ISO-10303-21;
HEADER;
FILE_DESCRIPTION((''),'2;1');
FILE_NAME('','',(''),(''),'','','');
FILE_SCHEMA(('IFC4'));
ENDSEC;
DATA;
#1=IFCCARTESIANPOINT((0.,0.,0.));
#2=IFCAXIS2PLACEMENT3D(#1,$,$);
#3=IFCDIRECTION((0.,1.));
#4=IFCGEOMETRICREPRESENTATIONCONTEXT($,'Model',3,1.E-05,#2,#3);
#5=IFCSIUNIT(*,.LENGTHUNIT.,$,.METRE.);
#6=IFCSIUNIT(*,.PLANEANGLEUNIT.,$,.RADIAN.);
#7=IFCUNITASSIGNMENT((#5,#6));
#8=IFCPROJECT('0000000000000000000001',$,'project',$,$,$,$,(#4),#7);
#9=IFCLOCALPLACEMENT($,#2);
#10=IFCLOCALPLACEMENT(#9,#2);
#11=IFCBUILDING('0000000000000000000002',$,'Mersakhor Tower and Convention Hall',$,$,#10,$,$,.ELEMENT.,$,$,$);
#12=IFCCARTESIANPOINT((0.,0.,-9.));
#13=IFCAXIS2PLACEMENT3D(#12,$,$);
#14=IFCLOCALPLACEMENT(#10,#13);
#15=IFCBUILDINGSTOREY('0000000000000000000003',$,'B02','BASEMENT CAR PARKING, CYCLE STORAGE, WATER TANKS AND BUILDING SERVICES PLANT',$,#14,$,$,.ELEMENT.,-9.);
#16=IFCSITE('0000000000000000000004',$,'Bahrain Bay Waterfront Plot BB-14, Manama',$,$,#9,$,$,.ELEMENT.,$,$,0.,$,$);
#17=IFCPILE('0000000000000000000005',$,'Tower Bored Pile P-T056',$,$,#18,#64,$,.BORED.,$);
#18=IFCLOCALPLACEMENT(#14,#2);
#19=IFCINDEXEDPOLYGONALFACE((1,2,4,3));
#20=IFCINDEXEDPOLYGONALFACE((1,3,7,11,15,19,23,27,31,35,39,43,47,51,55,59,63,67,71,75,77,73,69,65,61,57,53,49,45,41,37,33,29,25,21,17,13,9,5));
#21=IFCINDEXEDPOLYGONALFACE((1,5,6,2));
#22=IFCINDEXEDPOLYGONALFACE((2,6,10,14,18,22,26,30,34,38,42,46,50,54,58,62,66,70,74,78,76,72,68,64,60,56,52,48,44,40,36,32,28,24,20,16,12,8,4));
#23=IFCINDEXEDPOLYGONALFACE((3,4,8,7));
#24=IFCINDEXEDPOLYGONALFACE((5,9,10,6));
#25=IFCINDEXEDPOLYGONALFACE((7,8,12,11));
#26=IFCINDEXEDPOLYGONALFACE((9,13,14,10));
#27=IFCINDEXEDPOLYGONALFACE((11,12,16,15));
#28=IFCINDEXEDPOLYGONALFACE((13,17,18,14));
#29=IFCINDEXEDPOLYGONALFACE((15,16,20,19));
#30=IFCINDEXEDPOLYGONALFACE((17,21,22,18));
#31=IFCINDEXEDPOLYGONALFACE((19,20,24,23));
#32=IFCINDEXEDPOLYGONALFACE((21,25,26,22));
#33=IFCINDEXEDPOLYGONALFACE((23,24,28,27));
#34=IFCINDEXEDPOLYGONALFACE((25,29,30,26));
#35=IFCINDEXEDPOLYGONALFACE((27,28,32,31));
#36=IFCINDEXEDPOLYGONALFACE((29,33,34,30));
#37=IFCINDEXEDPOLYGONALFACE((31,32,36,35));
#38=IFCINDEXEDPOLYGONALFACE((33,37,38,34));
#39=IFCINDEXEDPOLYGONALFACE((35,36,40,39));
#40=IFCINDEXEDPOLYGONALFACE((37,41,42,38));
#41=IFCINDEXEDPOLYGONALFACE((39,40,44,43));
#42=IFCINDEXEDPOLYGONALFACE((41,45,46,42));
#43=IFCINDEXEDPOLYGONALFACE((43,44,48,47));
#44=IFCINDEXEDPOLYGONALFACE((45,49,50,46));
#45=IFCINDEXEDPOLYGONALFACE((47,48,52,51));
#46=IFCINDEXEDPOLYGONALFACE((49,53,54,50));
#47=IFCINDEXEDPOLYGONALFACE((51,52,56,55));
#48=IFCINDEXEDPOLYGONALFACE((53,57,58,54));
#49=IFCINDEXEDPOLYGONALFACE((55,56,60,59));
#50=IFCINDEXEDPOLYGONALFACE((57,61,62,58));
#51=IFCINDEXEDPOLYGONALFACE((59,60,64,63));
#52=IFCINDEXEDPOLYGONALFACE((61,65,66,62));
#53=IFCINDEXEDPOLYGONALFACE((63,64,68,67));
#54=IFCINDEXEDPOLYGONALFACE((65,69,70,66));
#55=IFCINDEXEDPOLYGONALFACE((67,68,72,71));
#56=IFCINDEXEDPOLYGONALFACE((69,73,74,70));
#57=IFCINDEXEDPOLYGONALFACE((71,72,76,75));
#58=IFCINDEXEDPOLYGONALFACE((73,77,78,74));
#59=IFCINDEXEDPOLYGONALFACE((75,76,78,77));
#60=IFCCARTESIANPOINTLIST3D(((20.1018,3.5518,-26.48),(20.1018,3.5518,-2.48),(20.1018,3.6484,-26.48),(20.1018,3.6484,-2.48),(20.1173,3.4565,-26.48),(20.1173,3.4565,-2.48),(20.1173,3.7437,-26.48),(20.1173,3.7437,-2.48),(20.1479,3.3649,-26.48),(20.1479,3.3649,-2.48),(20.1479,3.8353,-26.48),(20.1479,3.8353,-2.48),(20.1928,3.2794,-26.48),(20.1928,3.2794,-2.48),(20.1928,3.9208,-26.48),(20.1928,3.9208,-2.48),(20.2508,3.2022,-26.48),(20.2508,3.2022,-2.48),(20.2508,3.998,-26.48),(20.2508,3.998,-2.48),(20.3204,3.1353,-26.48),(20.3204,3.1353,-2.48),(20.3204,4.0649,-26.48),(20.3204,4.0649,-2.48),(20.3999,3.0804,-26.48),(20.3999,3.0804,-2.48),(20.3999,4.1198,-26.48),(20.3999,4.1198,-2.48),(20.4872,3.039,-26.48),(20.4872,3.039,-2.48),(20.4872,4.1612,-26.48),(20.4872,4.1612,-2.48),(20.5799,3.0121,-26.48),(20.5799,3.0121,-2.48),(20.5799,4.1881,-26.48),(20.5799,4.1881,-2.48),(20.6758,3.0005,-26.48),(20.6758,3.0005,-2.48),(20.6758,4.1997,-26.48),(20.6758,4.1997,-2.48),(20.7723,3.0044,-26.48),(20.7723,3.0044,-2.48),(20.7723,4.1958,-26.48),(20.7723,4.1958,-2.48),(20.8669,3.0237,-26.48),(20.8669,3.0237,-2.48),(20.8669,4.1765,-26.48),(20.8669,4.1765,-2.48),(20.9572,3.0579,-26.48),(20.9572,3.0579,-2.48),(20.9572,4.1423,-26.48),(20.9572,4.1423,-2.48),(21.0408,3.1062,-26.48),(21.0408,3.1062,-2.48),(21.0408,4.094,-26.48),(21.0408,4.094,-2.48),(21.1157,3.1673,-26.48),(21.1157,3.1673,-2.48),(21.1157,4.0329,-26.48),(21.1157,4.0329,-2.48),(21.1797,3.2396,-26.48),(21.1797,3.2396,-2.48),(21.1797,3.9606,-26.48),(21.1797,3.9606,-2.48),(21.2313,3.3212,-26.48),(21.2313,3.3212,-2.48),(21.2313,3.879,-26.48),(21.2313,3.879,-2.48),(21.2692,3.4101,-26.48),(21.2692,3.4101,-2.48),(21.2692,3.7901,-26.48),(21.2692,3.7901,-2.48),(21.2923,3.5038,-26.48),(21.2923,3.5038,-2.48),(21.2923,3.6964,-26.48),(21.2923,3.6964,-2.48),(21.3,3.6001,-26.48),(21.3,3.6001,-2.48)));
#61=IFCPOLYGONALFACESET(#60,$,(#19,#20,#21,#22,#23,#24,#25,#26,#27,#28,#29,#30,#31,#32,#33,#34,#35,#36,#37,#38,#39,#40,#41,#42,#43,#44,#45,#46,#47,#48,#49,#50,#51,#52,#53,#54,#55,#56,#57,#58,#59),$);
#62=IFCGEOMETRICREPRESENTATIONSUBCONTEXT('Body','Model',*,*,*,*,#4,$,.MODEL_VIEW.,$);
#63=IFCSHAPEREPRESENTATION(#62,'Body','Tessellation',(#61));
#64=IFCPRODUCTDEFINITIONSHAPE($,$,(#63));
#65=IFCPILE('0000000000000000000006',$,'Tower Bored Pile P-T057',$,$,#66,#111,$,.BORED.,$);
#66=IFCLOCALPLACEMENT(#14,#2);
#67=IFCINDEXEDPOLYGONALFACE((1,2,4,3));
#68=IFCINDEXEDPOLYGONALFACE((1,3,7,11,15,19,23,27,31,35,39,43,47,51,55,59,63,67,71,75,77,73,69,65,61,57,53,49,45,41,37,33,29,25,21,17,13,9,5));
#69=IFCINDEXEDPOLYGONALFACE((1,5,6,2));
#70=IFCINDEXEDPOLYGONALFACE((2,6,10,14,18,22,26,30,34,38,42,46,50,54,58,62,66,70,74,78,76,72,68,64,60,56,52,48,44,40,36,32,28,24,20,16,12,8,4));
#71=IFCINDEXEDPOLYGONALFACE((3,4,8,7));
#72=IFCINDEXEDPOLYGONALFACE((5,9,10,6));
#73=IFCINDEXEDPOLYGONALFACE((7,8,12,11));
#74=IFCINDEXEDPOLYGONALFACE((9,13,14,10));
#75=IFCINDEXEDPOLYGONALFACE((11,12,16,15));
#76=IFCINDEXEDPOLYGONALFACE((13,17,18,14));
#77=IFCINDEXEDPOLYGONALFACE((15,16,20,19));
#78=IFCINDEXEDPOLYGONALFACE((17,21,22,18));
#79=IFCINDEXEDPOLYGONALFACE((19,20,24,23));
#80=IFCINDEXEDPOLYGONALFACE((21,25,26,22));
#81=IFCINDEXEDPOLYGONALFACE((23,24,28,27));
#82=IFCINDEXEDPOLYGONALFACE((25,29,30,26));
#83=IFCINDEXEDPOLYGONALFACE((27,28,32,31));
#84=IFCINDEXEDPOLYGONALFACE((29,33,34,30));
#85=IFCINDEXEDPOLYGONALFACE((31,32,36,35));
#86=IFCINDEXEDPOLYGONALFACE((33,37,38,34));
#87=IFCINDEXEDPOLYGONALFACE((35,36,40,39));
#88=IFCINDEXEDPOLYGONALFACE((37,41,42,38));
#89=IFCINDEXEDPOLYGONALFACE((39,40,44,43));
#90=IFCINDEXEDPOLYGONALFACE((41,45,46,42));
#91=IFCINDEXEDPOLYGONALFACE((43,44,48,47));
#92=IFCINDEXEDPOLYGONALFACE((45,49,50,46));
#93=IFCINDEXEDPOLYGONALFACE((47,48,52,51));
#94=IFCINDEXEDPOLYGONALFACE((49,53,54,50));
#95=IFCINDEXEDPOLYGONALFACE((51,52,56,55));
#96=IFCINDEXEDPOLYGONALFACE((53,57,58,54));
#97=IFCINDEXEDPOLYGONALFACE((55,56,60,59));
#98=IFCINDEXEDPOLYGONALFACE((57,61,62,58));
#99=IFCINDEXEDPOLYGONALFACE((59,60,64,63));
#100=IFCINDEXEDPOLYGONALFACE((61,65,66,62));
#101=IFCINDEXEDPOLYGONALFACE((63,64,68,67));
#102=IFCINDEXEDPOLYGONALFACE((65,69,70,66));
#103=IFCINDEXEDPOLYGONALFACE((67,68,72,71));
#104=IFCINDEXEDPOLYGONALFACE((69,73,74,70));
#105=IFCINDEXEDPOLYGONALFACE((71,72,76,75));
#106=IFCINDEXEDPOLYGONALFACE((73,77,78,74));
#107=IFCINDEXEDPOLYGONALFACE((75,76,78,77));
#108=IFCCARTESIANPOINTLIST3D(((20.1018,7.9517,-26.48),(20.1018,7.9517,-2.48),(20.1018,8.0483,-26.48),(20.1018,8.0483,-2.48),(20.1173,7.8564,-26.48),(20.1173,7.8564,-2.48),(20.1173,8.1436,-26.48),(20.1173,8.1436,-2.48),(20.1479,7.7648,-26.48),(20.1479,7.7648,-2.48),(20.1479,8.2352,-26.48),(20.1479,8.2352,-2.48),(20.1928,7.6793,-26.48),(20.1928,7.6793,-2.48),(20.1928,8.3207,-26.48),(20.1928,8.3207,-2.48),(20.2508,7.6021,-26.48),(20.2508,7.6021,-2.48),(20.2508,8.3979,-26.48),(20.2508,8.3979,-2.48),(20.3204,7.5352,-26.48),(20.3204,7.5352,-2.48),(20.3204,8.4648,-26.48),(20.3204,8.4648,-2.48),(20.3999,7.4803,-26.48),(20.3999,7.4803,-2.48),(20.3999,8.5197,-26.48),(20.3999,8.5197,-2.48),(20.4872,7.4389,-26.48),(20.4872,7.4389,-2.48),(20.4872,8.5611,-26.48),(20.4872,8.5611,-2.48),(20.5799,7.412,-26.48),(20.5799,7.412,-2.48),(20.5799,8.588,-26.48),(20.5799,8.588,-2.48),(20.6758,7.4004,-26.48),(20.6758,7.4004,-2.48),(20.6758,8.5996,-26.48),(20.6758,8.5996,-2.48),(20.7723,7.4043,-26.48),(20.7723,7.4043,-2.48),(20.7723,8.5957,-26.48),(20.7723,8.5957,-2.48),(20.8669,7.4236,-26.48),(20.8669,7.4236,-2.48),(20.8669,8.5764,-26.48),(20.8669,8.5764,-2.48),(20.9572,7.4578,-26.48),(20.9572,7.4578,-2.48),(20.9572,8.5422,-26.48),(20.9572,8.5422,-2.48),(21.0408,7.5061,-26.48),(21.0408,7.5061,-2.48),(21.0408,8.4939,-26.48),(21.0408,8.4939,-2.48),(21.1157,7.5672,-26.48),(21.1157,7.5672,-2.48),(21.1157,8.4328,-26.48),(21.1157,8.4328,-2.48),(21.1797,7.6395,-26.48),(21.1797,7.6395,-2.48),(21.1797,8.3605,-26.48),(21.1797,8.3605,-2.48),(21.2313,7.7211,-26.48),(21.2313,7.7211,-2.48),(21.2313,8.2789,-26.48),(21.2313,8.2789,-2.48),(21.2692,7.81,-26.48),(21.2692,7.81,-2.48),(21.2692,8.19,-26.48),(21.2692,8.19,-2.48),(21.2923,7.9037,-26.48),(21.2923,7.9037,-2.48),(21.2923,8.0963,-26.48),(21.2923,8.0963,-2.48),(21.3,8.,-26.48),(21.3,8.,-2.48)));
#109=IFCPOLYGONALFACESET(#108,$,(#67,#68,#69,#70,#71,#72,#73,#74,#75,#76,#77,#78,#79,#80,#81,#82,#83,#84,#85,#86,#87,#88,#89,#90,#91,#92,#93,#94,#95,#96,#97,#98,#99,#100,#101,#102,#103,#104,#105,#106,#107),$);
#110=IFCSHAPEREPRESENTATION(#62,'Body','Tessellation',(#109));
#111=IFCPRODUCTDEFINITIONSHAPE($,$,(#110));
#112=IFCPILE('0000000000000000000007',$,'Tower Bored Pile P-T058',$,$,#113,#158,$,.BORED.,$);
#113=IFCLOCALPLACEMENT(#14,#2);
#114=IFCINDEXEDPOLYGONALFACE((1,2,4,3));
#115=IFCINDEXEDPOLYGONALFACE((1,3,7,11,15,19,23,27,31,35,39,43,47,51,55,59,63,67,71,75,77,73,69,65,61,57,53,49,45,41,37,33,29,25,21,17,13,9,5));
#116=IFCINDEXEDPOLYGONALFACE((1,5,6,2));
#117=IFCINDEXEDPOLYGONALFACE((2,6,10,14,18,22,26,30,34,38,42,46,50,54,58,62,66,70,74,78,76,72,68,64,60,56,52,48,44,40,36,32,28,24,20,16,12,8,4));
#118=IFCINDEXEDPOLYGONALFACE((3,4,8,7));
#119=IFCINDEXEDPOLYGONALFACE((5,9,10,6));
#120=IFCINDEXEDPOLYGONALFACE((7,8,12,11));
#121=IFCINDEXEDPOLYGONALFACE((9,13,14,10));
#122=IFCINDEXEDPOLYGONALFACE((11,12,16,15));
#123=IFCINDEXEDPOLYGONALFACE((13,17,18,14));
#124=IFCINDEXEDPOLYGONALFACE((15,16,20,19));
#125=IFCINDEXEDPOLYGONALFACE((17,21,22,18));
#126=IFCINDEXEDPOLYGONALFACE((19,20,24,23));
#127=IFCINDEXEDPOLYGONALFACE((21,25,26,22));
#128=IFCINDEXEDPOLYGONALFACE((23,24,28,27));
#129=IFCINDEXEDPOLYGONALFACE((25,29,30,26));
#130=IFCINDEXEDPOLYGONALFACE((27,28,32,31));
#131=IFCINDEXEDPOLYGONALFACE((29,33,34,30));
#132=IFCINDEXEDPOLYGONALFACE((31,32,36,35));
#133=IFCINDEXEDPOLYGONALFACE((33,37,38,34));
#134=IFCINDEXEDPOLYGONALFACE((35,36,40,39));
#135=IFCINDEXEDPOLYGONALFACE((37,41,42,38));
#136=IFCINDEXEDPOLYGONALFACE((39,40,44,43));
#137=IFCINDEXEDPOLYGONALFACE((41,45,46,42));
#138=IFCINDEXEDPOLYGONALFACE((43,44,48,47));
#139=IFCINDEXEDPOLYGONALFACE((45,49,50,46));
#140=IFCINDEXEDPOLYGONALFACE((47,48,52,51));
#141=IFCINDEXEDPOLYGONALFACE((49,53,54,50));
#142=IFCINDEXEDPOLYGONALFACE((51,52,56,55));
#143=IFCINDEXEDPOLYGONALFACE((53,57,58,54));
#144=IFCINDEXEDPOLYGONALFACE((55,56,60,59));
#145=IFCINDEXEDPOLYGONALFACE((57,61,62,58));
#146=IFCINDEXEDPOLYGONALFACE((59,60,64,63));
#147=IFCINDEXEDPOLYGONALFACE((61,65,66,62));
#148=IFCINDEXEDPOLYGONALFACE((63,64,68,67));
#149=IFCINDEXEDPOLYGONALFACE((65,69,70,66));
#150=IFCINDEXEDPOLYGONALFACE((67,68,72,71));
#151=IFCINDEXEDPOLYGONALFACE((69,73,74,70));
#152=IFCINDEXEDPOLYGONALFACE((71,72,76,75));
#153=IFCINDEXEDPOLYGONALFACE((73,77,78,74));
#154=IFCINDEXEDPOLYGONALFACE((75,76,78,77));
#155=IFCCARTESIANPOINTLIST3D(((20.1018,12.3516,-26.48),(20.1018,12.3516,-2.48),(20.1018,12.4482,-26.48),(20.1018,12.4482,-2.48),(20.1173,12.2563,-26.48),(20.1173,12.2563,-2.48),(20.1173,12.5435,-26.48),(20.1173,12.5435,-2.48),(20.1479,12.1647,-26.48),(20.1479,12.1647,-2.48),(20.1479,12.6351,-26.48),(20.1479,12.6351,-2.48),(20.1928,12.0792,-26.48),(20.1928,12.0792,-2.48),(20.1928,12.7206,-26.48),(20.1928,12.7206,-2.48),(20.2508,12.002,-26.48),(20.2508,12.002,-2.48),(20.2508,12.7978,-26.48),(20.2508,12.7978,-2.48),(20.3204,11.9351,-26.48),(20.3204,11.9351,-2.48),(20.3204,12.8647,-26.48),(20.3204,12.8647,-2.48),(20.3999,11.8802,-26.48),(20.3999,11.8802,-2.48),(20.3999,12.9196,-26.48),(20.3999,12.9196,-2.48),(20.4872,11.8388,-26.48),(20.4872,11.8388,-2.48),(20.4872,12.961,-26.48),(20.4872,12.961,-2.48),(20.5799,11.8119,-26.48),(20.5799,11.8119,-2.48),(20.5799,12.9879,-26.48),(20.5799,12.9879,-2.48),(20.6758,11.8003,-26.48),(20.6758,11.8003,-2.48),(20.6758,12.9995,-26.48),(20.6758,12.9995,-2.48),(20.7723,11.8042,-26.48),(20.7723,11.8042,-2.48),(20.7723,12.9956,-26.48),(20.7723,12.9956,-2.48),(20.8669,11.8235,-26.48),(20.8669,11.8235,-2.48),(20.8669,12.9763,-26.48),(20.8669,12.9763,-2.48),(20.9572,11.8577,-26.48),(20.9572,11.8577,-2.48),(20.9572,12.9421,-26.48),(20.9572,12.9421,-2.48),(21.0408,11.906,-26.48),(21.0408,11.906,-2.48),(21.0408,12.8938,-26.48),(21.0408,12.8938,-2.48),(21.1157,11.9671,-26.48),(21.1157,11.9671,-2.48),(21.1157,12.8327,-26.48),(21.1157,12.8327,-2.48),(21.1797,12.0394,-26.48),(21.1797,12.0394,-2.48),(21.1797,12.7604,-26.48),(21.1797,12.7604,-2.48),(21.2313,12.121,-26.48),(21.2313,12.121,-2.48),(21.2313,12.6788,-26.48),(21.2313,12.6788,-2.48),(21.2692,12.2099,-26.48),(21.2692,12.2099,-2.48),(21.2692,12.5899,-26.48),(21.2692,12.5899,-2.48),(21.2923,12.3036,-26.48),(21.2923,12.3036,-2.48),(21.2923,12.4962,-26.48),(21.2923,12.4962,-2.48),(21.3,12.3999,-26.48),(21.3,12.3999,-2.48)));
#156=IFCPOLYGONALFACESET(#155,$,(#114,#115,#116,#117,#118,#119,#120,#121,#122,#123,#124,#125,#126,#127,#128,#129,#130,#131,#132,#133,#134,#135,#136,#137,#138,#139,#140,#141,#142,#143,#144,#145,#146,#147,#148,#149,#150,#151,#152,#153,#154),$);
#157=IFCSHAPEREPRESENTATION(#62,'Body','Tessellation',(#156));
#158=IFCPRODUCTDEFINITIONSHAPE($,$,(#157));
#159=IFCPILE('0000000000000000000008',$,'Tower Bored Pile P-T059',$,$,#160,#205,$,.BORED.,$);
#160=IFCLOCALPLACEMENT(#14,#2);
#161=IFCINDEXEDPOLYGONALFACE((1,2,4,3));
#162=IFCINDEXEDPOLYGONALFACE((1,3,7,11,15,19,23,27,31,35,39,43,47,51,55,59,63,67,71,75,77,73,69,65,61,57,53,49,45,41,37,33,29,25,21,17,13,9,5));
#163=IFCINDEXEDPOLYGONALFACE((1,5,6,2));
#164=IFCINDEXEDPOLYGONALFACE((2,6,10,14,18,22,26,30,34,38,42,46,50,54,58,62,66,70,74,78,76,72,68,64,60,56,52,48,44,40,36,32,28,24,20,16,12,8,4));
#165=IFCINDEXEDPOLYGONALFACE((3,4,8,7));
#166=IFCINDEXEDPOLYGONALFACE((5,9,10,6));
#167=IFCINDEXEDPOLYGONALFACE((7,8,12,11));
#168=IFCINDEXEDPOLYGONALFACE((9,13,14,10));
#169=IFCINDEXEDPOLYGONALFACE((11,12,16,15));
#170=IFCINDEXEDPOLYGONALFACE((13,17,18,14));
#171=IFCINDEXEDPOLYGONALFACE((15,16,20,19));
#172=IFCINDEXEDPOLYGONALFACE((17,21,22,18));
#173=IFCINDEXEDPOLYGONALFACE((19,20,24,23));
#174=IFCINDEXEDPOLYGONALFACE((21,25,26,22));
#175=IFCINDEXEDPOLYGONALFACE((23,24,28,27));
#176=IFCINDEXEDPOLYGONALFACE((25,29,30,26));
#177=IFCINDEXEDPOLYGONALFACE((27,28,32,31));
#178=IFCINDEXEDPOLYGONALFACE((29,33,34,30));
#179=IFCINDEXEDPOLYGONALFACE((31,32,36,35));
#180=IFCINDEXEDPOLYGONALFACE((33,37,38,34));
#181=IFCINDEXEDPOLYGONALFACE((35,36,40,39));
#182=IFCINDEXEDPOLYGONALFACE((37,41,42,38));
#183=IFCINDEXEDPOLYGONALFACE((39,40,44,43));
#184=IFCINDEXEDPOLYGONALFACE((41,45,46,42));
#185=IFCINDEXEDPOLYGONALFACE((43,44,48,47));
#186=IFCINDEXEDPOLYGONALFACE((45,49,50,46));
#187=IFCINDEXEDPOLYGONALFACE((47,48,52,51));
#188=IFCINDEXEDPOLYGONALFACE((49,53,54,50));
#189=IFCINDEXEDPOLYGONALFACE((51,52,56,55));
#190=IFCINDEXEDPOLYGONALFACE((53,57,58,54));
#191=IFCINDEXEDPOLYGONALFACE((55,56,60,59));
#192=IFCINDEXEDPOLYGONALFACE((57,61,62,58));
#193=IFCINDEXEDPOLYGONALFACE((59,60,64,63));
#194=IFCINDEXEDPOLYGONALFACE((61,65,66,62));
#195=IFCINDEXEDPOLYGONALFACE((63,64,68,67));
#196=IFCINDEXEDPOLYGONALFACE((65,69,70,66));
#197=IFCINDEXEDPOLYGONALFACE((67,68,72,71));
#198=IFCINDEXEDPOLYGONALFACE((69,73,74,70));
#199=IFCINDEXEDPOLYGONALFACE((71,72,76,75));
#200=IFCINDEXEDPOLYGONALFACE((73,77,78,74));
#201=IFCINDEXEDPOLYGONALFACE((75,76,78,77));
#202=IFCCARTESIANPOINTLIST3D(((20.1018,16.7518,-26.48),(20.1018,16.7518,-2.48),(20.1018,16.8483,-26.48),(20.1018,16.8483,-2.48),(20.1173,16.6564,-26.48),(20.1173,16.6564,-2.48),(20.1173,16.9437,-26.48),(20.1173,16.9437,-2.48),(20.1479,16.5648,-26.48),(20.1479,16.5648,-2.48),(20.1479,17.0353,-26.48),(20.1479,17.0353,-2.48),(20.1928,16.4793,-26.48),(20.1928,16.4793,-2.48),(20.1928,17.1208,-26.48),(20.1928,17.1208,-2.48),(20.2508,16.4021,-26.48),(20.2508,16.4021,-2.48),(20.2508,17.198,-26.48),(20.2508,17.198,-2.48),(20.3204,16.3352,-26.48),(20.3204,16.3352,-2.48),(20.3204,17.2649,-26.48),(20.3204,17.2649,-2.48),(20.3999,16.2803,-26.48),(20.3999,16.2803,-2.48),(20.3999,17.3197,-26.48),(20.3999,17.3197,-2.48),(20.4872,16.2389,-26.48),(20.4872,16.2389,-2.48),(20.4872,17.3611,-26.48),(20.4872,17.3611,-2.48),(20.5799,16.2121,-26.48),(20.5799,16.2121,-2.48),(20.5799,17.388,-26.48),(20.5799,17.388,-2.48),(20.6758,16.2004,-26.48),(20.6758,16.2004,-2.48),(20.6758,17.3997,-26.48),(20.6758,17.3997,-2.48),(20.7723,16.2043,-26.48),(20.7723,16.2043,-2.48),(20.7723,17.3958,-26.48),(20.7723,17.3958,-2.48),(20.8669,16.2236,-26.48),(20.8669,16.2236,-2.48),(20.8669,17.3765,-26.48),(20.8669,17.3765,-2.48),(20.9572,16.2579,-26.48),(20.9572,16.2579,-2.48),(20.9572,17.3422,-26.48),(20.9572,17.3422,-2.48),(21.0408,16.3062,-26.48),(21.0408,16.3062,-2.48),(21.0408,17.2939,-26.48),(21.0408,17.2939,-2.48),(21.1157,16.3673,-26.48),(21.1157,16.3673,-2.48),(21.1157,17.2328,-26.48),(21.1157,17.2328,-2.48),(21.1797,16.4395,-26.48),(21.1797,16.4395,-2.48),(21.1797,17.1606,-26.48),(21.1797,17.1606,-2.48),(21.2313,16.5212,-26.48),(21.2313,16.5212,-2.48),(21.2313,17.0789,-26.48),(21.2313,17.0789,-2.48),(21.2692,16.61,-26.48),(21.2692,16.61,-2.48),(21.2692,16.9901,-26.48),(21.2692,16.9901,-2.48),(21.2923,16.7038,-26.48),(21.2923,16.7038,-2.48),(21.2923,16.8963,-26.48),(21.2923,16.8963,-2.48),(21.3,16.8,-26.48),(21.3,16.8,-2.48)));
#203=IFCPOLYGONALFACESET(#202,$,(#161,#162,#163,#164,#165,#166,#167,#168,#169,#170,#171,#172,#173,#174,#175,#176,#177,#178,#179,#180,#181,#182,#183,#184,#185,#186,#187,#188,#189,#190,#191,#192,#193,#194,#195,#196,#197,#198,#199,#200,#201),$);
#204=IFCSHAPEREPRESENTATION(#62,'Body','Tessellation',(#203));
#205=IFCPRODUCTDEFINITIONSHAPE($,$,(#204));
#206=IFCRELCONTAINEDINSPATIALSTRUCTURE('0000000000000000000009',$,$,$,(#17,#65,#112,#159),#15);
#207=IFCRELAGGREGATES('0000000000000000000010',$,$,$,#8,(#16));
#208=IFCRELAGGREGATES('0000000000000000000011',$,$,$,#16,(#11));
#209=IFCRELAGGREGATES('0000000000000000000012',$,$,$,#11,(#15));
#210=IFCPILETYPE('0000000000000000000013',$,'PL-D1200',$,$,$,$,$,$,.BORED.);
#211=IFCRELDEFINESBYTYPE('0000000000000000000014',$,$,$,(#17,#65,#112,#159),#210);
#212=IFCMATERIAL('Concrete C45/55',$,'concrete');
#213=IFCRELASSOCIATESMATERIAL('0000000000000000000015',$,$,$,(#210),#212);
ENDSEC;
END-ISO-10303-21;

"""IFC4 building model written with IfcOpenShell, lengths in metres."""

from ifc_helpers import new_model, si_unit, direction, frame, origin, origin_2d, place, context, subcontext, project, spatial, circle, extrude, material, material_profile, profile_set, type_object, element, save


model = new_model("IFC4")

# Units and contexts
model_context = context("Model", 3, precision=1e-05, world=origin(), true_north=direction((0.0, 1.0)))
body_context = subcontext(model_context, "Body", "Model", "MODEL_VIEW")
ifc_project = project(units=[si_unit("LENGTHUNIT", "METRE"), si_unit("PLANEANGLEUNIT", "RADIAN")], contexts=[model_context])

# Site, building, storey
site_placement = place(None, origin())
site = spatial("IfcSite", under=ifc_project, at=site_placement, Name="Bahrain Bay Waterfront Plot BB-14, Manama", CompositionType="ELEMENT", RefElevation=0.0)
building_placement = place(site_placement, origin())
building = spatial("IfcBuilding", under=site, at=building_placement, Name="Mersakhor Tower and Convention Hall", CompositionType="ELEMENT")
storey_placement = place(building_placement, frame((0.0, 0.0, -9.0)))
storey = spatial("IfcBuildingStorey", under=building, at=storey_placement, Name="B02", Description="BASEMENT CAR PARKING, CYCLE STORAGE, WATER TANKS AND BUILDING SERVICES PLANT", CompositionType="ELEMENT", Elevation=-9.0)

# Piles
ifc_material_1 = material(Name="Concrete C45/55", Category="concrete")
ifc_material_profile_1 = material_profile(ifc_material_1, circle(Radius=0.6001, at=origin_2d()), Name="PILE D1200")
ifc_profile_set_1 = profile_set([ifc_material_profile_1], Name="Concrete C45/55")
pile_type = type_object("IfcPileType", Name="PL-D1200", PredefinedType="BORED", material=ifc_profile_set_1)
for number, where, z_axis, x_axis, name in (
    (1, (20.7, 3.6001, -2.48), (0.0, 0.0, -1.0), (1.0, 0.0, 0.0), "Tower Bored Pile P-T056"),
    (2, (20.7, 8.0, -2.48), (0.0, 0.0, -1.0), (1.0, 0.0, 0.0), "Tower Bored Pile P-T057"),
    (3, (20.7, 12.3999, -2.48), (0.0, 0.0, -1.0), (1.0, 0.0, 0.0), "Tower Bored Pile P-T058"),
    (4, (20.7, 16.8, -2.48), (0.0, 0.0, -1.0), (1.0, 0.0, 0.0), "Tower Bored Pile P-T059"),
):
    element("IfcPile", number, at=place(storey_placement, frame(where, z_axis=z_axis, x_axis=x_axis)), inside=storey, type_object=pile_type, Name=name, PredefinedType="BORED", context=body_context, shape_type="SweptSolid", body=[
        extrude(circle(Radius=0.6001, at=origin_2d()), origin(), (0.0, 0.0, 1.0), 24.0),
    ])

save(model, "model.ifc")
